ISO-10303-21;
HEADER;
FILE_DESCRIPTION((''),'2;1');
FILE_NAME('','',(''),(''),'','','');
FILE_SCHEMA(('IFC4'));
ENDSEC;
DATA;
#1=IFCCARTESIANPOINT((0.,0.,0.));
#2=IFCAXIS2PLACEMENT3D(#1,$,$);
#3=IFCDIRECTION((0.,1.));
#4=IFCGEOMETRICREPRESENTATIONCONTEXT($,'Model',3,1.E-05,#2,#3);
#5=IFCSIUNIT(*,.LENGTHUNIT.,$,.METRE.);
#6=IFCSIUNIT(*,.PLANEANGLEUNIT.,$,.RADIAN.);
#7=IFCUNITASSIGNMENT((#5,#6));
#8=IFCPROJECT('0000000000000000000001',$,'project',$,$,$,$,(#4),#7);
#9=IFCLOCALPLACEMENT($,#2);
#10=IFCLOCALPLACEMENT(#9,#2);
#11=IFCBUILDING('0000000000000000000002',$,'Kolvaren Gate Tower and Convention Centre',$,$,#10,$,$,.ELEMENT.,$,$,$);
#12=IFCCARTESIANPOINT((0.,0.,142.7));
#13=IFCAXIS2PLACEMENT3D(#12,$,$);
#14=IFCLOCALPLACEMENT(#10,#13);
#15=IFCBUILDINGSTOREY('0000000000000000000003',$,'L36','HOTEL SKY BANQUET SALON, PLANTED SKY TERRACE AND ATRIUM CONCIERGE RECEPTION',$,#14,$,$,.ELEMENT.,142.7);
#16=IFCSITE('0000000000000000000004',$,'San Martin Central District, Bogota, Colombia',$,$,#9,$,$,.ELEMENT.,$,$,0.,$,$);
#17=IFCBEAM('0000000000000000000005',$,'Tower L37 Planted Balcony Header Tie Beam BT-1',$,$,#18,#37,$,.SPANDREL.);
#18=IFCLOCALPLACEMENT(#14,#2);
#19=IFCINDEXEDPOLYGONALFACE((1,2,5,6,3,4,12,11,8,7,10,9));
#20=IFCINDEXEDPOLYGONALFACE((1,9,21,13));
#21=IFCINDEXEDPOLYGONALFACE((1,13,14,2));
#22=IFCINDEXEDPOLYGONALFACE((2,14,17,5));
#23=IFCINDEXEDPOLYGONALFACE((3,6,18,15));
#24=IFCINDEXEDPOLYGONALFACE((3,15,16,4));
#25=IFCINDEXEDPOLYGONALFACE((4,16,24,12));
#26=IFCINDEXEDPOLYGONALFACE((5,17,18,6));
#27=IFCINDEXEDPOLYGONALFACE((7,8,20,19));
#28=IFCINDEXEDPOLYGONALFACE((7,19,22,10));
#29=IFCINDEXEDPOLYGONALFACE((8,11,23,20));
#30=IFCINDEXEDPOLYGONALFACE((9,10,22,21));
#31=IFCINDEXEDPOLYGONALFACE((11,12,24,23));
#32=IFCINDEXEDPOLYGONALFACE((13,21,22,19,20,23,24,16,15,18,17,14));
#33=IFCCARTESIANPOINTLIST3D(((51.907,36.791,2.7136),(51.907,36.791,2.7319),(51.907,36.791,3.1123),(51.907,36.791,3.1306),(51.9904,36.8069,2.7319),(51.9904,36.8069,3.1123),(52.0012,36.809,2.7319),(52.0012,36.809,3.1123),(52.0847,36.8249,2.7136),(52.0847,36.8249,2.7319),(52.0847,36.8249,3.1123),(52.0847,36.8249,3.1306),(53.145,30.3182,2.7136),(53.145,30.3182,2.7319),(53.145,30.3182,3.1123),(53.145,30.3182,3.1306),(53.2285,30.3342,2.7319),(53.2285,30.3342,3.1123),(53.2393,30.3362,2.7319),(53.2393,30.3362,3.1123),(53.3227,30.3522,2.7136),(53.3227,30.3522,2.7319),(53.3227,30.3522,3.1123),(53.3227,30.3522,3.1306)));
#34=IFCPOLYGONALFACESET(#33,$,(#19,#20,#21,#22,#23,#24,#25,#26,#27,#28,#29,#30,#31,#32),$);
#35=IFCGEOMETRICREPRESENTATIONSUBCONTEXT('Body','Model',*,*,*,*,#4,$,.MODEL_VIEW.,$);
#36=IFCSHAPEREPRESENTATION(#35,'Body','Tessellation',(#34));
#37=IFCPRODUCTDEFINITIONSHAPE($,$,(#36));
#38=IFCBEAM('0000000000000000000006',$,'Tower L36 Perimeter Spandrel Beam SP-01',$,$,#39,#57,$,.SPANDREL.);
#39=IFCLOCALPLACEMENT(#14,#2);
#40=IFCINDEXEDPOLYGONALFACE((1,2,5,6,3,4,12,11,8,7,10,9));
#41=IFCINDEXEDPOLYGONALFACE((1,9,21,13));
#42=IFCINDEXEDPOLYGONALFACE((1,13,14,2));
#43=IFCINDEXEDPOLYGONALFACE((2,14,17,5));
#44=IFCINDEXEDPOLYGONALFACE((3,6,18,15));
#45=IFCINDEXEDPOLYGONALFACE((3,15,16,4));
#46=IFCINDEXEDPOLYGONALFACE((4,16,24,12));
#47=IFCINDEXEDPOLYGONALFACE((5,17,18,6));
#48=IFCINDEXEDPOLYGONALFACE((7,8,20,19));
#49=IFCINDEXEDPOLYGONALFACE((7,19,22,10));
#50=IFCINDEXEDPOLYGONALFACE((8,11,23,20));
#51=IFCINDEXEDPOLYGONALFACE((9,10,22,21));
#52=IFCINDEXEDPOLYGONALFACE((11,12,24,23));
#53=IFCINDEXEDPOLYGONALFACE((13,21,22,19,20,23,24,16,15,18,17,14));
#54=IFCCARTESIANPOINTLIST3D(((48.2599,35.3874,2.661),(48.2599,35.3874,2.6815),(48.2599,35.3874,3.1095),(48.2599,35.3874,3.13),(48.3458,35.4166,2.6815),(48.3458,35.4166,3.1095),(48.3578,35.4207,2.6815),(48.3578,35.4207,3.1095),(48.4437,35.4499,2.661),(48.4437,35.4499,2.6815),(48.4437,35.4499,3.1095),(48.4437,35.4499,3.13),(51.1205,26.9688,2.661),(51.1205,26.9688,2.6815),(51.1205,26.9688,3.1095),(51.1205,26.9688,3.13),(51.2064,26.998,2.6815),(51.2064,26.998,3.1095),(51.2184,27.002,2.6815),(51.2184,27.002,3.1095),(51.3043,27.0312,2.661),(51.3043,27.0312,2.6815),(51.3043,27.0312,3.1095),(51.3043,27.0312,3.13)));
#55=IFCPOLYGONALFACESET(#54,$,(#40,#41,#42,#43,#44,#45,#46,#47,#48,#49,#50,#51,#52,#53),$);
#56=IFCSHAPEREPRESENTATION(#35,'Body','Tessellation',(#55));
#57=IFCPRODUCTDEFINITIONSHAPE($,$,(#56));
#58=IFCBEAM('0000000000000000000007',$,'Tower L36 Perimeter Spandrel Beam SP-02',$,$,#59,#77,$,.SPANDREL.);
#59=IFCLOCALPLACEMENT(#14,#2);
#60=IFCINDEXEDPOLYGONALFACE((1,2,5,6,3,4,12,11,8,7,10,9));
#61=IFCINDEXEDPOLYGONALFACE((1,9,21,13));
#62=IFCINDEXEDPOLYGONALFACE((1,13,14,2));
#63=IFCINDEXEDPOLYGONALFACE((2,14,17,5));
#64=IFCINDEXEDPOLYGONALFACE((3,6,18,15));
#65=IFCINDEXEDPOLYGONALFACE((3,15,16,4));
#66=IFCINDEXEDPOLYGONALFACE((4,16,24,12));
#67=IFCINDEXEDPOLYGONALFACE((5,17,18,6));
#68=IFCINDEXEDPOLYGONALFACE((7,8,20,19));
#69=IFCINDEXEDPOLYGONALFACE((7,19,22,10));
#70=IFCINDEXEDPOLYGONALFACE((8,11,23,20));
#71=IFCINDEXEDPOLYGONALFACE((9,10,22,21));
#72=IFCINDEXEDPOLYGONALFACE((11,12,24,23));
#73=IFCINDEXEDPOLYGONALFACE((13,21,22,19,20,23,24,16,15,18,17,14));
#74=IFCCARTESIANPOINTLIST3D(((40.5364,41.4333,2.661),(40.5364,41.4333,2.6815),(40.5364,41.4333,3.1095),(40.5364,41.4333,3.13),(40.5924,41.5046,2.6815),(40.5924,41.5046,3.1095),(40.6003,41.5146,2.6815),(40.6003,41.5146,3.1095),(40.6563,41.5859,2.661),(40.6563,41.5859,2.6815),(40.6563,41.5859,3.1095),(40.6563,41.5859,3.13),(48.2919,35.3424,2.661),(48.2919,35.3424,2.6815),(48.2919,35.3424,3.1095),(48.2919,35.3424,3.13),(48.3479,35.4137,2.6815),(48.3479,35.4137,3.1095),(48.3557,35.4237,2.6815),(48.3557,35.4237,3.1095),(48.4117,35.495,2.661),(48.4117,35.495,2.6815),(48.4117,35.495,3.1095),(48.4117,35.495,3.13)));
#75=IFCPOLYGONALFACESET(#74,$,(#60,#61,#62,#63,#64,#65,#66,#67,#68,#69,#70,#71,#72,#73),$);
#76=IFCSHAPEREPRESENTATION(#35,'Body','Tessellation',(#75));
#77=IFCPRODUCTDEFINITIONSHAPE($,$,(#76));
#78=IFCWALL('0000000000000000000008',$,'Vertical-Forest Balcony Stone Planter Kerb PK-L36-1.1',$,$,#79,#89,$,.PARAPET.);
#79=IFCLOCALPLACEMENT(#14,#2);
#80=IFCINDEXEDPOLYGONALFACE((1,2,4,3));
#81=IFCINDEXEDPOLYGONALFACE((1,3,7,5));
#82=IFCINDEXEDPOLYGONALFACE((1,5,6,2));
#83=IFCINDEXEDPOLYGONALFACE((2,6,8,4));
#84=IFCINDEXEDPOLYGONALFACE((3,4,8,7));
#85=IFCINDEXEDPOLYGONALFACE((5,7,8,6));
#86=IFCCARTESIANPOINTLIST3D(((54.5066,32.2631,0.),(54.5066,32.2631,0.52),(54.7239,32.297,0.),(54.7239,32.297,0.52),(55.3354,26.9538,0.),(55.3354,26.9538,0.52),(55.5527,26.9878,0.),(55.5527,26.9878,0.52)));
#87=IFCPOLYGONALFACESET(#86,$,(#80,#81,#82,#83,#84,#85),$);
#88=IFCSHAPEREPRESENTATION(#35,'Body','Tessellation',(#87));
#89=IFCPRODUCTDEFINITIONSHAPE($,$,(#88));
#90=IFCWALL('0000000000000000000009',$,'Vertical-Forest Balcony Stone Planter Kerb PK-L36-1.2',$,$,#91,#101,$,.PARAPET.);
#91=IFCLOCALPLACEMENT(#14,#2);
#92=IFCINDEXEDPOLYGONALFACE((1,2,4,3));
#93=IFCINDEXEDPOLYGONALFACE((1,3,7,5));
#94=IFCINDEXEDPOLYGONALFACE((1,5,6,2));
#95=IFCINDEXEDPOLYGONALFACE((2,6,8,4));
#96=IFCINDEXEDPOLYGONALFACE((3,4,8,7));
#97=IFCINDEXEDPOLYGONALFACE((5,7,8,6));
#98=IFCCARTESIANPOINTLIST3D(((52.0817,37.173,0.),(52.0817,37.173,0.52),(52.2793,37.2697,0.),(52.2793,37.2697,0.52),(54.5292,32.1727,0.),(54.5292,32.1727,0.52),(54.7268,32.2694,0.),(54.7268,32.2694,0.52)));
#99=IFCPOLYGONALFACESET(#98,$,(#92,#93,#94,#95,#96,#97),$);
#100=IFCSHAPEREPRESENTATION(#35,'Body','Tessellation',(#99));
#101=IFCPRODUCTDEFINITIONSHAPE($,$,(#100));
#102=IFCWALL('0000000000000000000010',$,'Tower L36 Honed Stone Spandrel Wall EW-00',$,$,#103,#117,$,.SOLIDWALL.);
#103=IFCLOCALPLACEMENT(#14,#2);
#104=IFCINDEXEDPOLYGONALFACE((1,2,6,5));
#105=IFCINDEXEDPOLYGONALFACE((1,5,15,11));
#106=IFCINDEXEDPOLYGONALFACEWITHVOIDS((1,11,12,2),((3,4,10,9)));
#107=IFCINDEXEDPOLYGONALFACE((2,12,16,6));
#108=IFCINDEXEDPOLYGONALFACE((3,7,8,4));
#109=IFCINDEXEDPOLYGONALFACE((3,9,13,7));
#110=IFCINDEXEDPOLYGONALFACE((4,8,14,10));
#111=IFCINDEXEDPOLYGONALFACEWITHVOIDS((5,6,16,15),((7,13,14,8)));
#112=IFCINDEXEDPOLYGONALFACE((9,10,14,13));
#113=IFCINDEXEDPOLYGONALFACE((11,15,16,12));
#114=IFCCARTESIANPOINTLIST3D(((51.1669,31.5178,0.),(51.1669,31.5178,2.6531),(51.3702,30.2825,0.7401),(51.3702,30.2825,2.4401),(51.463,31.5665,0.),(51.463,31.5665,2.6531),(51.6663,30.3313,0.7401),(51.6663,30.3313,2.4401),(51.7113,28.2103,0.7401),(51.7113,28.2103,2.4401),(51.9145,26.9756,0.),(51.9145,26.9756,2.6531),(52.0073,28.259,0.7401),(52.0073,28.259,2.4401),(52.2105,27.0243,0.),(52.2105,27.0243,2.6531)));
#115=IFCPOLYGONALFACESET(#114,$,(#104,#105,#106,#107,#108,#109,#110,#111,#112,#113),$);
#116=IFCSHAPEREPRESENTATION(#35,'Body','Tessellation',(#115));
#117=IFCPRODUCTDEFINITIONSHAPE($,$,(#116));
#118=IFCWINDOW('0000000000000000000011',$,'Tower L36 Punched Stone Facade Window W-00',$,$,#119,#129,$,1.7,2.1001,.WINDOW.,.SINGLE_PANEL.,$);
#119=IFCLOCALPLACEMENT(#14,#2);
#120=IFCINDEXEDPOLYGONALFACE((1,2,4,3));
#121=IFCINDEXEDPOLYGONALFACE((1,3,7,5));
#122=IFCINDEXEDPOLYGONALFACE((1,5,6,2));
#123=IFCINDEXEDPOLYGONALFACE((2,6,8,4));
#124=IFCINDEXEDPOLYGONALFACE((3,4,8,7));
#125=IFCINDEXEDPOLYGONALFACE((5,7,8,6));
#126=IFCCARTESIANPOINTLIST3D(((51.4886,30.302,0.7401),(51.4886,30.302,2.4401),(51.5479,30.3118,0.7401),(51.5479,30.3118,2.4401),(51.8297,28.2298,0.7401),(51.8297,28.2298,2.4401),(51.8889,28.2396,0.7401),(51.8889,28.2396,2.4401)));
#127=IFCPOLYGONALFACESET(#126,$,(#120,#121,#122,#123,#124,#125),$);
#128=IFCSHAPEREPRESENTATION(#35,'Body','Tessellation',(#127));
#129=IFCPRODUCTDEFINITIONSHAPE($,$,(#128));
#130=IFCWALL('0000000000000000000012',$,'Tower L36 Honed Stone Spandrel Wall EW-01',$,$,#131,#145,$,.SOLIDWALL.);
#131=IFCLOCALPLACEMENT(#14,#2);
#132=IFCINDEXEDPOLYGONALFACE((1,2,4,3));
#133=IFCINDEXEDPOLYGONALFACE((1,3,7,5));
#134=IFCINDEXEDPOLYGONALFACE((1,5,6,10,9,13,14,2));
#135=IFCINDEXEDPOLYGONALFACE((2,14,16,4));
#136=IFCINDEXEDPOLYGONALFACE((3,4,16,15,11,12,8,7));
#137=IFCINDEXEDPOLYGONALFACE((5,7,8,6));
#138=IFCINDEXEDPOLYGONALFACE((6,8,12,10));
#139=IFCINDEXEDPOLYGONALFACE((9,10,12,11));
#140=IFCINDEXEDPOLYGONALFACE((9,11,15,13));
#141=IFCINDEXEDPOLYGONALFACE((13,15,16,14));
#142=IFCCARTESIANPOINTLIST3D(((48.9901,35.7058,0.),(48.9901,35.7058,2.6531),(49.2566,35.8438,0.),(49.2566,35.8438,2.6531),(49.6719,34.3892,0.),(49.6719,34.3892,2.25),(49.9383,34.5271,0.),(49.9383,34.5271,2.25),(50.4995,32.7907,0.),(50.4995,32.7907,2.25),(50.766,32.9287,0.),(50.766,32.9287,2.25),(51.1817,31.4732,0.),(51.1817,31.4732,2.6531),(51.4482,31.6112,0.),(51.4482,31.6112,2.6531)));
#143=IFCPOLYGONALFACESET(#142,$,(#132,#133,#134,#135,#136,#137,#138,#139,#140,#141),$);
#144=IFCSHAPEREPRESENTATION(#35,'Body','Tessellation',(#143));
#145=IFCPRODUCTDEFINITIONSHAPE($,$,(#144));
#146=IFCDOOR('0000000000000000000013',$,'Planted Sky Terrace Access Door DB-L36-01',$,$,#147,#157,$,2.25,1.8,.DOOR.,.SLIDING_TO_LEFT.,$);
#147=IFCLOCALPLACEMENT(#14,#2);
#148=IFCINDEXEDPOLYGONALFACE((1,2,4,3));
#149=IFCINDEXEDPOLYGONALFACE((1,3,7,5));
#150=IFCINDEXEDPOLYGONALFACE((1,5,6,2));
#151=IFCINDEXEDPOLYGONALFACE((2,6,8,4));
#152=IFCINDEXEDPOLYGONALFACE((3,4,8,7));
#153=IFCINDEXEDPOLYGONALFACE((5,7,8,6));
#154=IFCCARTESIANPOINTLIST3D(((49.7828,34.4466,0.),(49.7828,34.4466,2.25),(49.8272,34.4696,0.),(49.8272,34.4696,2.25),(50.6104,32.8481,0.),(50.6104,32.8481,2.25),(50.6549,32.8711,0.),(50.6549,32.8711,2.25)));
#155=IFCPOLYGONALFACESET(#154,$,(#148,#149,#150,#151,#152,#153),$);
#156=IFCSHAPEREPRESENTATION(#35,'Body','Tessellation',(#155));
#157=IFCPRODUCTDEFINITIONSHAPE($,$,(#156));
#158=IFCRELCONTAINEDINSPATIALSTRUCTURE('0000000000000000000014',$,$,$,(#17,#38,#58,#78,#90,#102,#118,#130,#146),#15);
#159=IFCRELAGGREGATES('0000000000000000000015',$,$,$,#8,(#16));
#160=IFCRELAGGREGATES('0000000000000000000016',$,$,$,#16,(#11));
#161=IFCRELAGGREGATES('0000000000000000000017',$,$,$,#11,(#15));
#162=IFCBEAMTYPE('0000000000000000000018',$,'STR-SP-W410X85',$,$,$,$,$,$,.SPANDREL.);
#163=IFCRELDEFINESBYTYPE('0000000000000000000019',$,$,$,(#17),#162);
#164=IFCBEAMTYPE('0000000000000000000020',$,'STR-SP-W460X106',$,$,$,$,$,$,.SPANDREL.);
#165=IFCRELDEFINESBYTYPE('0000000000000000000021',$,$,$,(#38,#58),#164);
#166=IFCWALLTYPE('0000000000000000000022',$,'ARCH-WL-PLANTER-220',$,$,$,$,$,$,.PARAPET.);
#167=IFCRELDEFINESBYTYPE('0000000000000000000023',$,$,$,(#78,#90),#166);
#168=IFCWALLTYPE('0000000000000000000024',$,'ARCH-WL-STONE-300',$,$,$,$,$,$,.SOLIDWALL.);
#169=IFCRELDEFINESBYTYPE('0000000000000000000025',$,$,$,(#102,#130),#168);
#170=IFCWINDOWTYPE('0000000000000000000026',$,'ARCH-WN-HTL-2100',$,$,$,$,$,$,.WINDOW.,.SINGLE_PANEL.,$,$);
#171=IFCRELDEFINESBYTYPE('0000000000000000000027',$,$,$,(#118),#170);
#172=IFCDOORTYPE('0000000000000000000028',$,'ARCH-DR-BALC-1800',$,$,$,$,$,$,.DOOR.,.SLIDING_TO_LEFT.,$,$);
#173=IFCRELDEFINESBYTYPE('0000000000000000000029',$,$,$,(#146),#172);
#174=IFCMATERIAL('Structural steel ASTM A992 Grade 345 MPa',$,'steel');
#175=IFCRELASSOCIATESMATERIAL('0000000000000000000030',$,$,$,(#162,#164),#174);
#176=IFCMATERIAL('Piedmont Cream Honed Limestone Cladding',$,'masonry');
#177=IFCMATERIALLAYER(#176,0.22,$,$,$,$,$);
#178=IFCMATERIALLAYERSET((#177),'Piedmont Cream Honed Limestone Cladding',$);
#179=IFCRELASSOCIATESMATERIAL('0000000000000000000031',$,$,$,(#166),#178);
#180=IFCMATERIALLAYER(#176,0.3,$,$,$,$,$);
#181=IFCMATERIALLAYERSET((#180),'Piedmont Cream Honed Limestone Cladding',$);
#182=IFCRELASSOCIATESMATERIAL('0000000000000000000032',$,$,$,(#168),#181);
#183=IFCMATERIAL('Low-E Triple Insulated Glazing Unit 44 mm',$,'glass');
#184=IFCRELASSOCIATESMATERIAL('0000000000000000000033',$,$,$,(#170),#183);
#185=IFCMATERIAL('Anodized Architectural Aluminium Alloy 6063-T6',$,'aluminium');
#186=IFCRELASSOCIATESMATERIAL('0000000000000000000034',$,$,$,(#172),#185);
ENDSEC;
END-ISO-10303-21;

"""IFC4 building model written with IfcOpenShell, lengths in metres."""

from ifc_helpers import new_model, si_unit, direction, frame, frame_2d, origin, origin_2d, place, context, subcontext, project, spatial, rectangle, i_section, extrude, material, layer, layer_set, material_profile, profile_set, type_object, element, fill, save


model = new_model("IFC4")

# Units and contexts
model_context = context("Model", 3, precision=1e-05, world=origin(), true_north=direction((0.0, 1.0)))
body_context = subcontext(model_context, "Body", "Model", "MODEL_VIEW")
ifc_project = project(units=[si_unit("LENGTHUNIT", "METRE"), si_unit("PLANEANGLEUNIT", "RADIAN")], contexts=[model_context])

# Site, building, storey
site_placement = place(None, origin())
site = spatial("IfcSite", under=ifc_project, at=site_placement, Name="San Martin Central District, Bogota, Colombia", CompositionType="ELEMENT", RefElevation=0.0)
building_placement = place(site_placement, origin())
building = spatial("IfcBuilding", under=site, at=building_placement, Name="Kolvaren Gate Tower and Convention Centre", CompositionType="ELEMENT")
storey_placement = place(building_placement, frame((0.0, 0.0, 142.7)))
storey = spatial("IfcBuildingStorey", under=building, at=storey_placement, Name="L36", Description="HOTEL SKY BANQUET SALON, PLANTED SKY TERRACE AND ATRIUM CONCIERGE RECEPTION", CompositionType="ELEMENT", Elevation=142.7)

# Shared definitions
ifc_material_1 = material(Name="Anodized Architectural Aluminium Alloy 6063-T6", Category="aluminium")

# Beams
ifc_material_2 = material(Name="Structural steel ASTM A992 Grade 345 MPa", Category="steel")
ifc_material_profile_1 = material_profile(ifc_material_2, i_section(OverallWidth=0.1809, OverallDepth=0.417, WebThickness=0.011, FlangeThickness=0.0183, at=origin_2d()), Name="W410X85")
ifc_profile_set_1 = profile_set([ifc_material_profile_1], Name="Structural steel ASTM A992 Grade 345 MPa")
beam_type_1 = type_object("IfcBeamType", Name="STR-SP-W410X85", PredefinedType="SPANDREL", material=ifc_profile_set_1)
beam_1_placement = place(storey_placement, frame((53.2339, 30.3352, 2.9221), z_axis=(-0.187866, 0.982195, 0.0), x_axis=(-0.982195, -0.187866, 0.0)))
element("IfcBeam", 1, at=beam_1_placement, inside=storey, type_object=beam_type_1, Name="Tower L37 Planted Balcony Header Tie Beam BT-1", PredefinedType="SPANDREL", context=body_context, shape_type="SweptSolid", body=[
    extrude(i_section(OverallWidth=0.1809, OverallDepth=0.417, WebThickness=0.011, FlangeThickness=0.0183, at=origin_2d()), origin(), (0.0, 0.0, 1.0), 6.5901),
])
ifc_material_profile_2 = material_profile(ifc_material_2, i_section(OverallWidth=0.1941, OverallDepth=0.469, WebThickness=0.0127, FlangeThickness=0.0205, at=origin_2d()), Name="W460X106")
ifc_profile_set_2 = profile_set([ifc_material_profile_2], Name="Structural steel ASTM A992 Grade 345 MPa")
beam_type_2 = type_object("IfcBeamType", Name="STR-SP-W460X106", PredefinedType="SPANDREL", material=ifc_profile_set_2)
beam_2_placement = place(storey_placement, frame((51.2124, 27.0, 2.8955), z_axis=(-0.321725, 0.946833, 0.0), x_axis=(-0.946833, -0.321725, 0.0)))
element("IfcBeam", 2, at=beam_2_placement, inside=storey, type_object=beam_type_2, Name="Tower L36 Perimeter Spandrel Beam SP-01", PredefinedType="SPANDREL", context=body_context, shape_type="SweptSolid", body=[
    extrude(i_section(OverallWidth=0.1941, OverallDepth=0.469, WebThickness=0.0127, FlangeThickness=0.0205, at=origin_2d()), origin(), (0.0, 0.0, 1.0), 8.8914),
])
beam_3_placement = place(storey_placement, frame((48.3518, 35.4187, 2.8955), z_axis=(-0.786451, 0.617653, 0.0), x_axis=(-0.617653, -0.786451, 0.0)))
element("IfcBeam", 3, at=beam_3_placement, inside=storey, type_object=beam_type_2, Name="Tower L36 Perimeter Spandrel Beam SP-02", PredefinedType="SPANDREL", context=body_context, shape_type="SweptSolid", body=[
    extrude(i_section(OverallWidth=0.1941, OverallDepth=0.469, WebThickness=0.0127, FlangeThickness=0.0205, at=origin_2d()), origin(), (0.0, 0.0, 1.0), 9.8613),
])

# Walls
ifc_material_3 = material(Name="Piedmont Cream Honed Limestone Cladding", Category="masonry")
ifc_layer_1 = layer(ifc_material_3, 0.22)
ifc_layer_set_1 = layer_set([ifc_layer_1], Name="Piedmont Cream Honed Limestone Cladding")
wall_type_1 = type_object("IfcWallType", Name="ARCH-WL-PLANTER-220", PredefinedType="PARAPET", material=ifc_layer_set_1)
wall_1_placement = place(storey_placement, frame((54.6152, 32.28, 0.0), z_axis=(0.0, 0.0, 1.0), x_axis=(0.154245, -0.988033, 0.0)))
element("IfcWall", 4, at=wall_1_placement, inside=storey, type_object=wall_type_1, Name="Vertical-Forest Balcony Stone Planter Kerb PK-L36-1.1", PredefinedType="PARAPET", context=body_context, shape_type="SweptSolid", body=[
    extrude(rectangle(XDim=5.3735, YDim=0.22, at=frame_2d((2.6868, 0.0))), origin(), (0.0, 0.0, 1.0), 0.52),
])
wall_2_placement = place(storey_placement, frame((52.1804, 37.2214, 0.0), z_axis=(0.0, 0.0, 1.0), x_axis=(0.439637, -0.898175, 0.0)))
element("IfcWall", 5, at=wall_2_placement, inside=storey, type_object=wall_type_1, Name="Vertical-Forest Balcony Stone Planter Kerb PK-L36-1.2", PredefinedType="PARAPET", context=body_context, shape_type="SweptSolid", body=[
    extrude(rectangle(XDim=5.5671, YDim=0.22, at=frame_2d((2.7837, 0.0))), origin(), (0.0, 0.0, 1.0), 0.52),
])

# Wall, opening, window
ifc_layer_2 = layer(ifc_material_3, 0.3)
ifc_layer_set_2 = layer_set([ifc_layer_2], Name="Piedmont Cream Honed Limestone Cladding")
wall_type_2 = type_object("IfcWallType", Name="ARCH-WL-STONE-300", PredefinedType="SOLIDWALL", material=ifc_layer_set_2)
wall_3_placement = place(storey_placement, frame((51.3149, 31.5422, 0.0), z_axis=(0.0, 0.0, 1.0), x_axis=(0.162395, -0.986726, 0.0)))
wall_3 = element("IfcWall", 6, at=wall_3_placement, inside=storey, type_object=wall_type_2, Name="Tower L36 Honed Stone Spandrel Wall EW-00", PredefinedType="SOLIDWALL", context=body_context, shape_type="SweptSolid", body=[
    extrude(rectangle(XDim=4.6033, YDim=0.3, at=frame_2d((2.3018, 0.0))), origin(), (0.0, 0.0, 1.0), 2.6531),
])
opening_1_placement = place(wall_3_placement, frame((1.252, 0.0, 0.74)))
opening_1 = element("IfcOpeningElement", 7, at=opening_1_placement, cuts=wall_3, PredefinedType="OPENING", context=body_context, shape_type="SweptSolid", body=[
    extrude(rectangle(XDim=2.1001, YDim=1.7, at=frame_2d((1.05, 0.8501))), frame((0.0, 0.1599, 0.0), z_axis=(0.0, -1.0, 0.0), x_axis=(1.0, 0.0, 0.0)), (0.0, 0.0, 1.0), 0.3201),
])
ifc_material_4 = material(Name="Low-E Triple Insulated Glazing Unit 44 mm", Category="glass")
window_type = type_object("IfcWindowType", Name="ARCH-WN-HTL-2100", PartitioningType="SINGLE_PANEL", PredefinedType="WINDOW", material=ifc_material_4)
window_1_placement = place(opening_1_placement, origin())
window_1 = element("IfcWindow", 8, at=window_1_placement, inside=storey, type_object=window_type, Name="Tower L36 Punched Stone Facade Window W-00", OverallHeight=1.7, OverallWidth=2.1001, PartitioningType="SINGLE_PANEL", PredefinedType="WINDOW", context=body_context, shape_type="SweptSolid", body=[
    extrude(rectangle(XDim=2.1001, YDim=1.7, at=frame_2d((1.05, 0.8501))), frame((0.0, 0.03, 0.0), z_axis=(0.0, -1.0, 0.0), x_axis=(1.0, 0.0, 0.0)), (0.0, 0.0, 1.0), 0.0601),
])
fill(opening_1, window_1)

# Wall, opening, door
wall_4_placement = place(storey_placement, frame((49.1233, 35.7749, 0.0), z_axis=(0.0, 0.0, 1.0), x_axis=(0.45981, -0.888017, 0.0)))
wall_4 = element("IfcWall", 9, at=wall_4_placement, inside=storey, type_object=wall_type_2, Name="Tower L36 Honed Stone Spandrel Wall EW-01", PredefinedType="SOLIDWALL", context=body_context, shape_type="SweptSolid", body=[
    extrude(rectangle(XDim=4.7664, YDim=0.3, at=frame_2d((2.3833, 0.0))), origin(), (0.0, 0.0, 1.0), 2.6531),
])
opening_2_placement = place(wall_4_placement, frame((1.4829, 0.0, 0.0)))
opening_2 = element("IfcOpeningElement", 10, at=opening_2_placement, cuts=wall_4, PredefinedType="OPENING", context=body_context, shape_type="SweptSolid", body=[
    extrude(rectangle(XDim=1.8, YDim=2.25, at=frame_2d((0.8999, 1.125))), frame((0.0, 0.1599, 0.0), z_axis=(0.0, -1.0, 0.0), x_axis=(1.0, 0.0, 0.0)), (0.0, 0.0, 1.0), 0.3201),
])
door_type = type_object("IfcDoorType", Name="ARCH-DR-BALC-1800", OperationType="SLIDING_TO_LEFT", PredefinedType="DOOR", material=ifc_material_1)
door_placement = place(opening_2_placement, origin())
door = element("IfcDoor", 11, at=door_placement, inside=storey, type_object=door_type, Name="Planted Sky Terrace Access Door DB-L36-01", OperationType="SLIDING_TO_LEFT", OverallHeight=2.25, OverallWidth=1.8, PredefinedType="DOOR", context=body_context, shape_type="SweptSolid", body=[
    extrude(rectangle(XDim=1.8, YDim=2.25, at=frame_2d((0.8999, 1.125))), frame((0.0, 0.0249, 0.0), z_axis=(0.0, -1.0, 0.0), x_axis=(1.0, 0.0, 0.0)), (0.0, 0.0, 1.0), 0.05),
])
fill(opening_2, door)

save(model, "model.ifc")
